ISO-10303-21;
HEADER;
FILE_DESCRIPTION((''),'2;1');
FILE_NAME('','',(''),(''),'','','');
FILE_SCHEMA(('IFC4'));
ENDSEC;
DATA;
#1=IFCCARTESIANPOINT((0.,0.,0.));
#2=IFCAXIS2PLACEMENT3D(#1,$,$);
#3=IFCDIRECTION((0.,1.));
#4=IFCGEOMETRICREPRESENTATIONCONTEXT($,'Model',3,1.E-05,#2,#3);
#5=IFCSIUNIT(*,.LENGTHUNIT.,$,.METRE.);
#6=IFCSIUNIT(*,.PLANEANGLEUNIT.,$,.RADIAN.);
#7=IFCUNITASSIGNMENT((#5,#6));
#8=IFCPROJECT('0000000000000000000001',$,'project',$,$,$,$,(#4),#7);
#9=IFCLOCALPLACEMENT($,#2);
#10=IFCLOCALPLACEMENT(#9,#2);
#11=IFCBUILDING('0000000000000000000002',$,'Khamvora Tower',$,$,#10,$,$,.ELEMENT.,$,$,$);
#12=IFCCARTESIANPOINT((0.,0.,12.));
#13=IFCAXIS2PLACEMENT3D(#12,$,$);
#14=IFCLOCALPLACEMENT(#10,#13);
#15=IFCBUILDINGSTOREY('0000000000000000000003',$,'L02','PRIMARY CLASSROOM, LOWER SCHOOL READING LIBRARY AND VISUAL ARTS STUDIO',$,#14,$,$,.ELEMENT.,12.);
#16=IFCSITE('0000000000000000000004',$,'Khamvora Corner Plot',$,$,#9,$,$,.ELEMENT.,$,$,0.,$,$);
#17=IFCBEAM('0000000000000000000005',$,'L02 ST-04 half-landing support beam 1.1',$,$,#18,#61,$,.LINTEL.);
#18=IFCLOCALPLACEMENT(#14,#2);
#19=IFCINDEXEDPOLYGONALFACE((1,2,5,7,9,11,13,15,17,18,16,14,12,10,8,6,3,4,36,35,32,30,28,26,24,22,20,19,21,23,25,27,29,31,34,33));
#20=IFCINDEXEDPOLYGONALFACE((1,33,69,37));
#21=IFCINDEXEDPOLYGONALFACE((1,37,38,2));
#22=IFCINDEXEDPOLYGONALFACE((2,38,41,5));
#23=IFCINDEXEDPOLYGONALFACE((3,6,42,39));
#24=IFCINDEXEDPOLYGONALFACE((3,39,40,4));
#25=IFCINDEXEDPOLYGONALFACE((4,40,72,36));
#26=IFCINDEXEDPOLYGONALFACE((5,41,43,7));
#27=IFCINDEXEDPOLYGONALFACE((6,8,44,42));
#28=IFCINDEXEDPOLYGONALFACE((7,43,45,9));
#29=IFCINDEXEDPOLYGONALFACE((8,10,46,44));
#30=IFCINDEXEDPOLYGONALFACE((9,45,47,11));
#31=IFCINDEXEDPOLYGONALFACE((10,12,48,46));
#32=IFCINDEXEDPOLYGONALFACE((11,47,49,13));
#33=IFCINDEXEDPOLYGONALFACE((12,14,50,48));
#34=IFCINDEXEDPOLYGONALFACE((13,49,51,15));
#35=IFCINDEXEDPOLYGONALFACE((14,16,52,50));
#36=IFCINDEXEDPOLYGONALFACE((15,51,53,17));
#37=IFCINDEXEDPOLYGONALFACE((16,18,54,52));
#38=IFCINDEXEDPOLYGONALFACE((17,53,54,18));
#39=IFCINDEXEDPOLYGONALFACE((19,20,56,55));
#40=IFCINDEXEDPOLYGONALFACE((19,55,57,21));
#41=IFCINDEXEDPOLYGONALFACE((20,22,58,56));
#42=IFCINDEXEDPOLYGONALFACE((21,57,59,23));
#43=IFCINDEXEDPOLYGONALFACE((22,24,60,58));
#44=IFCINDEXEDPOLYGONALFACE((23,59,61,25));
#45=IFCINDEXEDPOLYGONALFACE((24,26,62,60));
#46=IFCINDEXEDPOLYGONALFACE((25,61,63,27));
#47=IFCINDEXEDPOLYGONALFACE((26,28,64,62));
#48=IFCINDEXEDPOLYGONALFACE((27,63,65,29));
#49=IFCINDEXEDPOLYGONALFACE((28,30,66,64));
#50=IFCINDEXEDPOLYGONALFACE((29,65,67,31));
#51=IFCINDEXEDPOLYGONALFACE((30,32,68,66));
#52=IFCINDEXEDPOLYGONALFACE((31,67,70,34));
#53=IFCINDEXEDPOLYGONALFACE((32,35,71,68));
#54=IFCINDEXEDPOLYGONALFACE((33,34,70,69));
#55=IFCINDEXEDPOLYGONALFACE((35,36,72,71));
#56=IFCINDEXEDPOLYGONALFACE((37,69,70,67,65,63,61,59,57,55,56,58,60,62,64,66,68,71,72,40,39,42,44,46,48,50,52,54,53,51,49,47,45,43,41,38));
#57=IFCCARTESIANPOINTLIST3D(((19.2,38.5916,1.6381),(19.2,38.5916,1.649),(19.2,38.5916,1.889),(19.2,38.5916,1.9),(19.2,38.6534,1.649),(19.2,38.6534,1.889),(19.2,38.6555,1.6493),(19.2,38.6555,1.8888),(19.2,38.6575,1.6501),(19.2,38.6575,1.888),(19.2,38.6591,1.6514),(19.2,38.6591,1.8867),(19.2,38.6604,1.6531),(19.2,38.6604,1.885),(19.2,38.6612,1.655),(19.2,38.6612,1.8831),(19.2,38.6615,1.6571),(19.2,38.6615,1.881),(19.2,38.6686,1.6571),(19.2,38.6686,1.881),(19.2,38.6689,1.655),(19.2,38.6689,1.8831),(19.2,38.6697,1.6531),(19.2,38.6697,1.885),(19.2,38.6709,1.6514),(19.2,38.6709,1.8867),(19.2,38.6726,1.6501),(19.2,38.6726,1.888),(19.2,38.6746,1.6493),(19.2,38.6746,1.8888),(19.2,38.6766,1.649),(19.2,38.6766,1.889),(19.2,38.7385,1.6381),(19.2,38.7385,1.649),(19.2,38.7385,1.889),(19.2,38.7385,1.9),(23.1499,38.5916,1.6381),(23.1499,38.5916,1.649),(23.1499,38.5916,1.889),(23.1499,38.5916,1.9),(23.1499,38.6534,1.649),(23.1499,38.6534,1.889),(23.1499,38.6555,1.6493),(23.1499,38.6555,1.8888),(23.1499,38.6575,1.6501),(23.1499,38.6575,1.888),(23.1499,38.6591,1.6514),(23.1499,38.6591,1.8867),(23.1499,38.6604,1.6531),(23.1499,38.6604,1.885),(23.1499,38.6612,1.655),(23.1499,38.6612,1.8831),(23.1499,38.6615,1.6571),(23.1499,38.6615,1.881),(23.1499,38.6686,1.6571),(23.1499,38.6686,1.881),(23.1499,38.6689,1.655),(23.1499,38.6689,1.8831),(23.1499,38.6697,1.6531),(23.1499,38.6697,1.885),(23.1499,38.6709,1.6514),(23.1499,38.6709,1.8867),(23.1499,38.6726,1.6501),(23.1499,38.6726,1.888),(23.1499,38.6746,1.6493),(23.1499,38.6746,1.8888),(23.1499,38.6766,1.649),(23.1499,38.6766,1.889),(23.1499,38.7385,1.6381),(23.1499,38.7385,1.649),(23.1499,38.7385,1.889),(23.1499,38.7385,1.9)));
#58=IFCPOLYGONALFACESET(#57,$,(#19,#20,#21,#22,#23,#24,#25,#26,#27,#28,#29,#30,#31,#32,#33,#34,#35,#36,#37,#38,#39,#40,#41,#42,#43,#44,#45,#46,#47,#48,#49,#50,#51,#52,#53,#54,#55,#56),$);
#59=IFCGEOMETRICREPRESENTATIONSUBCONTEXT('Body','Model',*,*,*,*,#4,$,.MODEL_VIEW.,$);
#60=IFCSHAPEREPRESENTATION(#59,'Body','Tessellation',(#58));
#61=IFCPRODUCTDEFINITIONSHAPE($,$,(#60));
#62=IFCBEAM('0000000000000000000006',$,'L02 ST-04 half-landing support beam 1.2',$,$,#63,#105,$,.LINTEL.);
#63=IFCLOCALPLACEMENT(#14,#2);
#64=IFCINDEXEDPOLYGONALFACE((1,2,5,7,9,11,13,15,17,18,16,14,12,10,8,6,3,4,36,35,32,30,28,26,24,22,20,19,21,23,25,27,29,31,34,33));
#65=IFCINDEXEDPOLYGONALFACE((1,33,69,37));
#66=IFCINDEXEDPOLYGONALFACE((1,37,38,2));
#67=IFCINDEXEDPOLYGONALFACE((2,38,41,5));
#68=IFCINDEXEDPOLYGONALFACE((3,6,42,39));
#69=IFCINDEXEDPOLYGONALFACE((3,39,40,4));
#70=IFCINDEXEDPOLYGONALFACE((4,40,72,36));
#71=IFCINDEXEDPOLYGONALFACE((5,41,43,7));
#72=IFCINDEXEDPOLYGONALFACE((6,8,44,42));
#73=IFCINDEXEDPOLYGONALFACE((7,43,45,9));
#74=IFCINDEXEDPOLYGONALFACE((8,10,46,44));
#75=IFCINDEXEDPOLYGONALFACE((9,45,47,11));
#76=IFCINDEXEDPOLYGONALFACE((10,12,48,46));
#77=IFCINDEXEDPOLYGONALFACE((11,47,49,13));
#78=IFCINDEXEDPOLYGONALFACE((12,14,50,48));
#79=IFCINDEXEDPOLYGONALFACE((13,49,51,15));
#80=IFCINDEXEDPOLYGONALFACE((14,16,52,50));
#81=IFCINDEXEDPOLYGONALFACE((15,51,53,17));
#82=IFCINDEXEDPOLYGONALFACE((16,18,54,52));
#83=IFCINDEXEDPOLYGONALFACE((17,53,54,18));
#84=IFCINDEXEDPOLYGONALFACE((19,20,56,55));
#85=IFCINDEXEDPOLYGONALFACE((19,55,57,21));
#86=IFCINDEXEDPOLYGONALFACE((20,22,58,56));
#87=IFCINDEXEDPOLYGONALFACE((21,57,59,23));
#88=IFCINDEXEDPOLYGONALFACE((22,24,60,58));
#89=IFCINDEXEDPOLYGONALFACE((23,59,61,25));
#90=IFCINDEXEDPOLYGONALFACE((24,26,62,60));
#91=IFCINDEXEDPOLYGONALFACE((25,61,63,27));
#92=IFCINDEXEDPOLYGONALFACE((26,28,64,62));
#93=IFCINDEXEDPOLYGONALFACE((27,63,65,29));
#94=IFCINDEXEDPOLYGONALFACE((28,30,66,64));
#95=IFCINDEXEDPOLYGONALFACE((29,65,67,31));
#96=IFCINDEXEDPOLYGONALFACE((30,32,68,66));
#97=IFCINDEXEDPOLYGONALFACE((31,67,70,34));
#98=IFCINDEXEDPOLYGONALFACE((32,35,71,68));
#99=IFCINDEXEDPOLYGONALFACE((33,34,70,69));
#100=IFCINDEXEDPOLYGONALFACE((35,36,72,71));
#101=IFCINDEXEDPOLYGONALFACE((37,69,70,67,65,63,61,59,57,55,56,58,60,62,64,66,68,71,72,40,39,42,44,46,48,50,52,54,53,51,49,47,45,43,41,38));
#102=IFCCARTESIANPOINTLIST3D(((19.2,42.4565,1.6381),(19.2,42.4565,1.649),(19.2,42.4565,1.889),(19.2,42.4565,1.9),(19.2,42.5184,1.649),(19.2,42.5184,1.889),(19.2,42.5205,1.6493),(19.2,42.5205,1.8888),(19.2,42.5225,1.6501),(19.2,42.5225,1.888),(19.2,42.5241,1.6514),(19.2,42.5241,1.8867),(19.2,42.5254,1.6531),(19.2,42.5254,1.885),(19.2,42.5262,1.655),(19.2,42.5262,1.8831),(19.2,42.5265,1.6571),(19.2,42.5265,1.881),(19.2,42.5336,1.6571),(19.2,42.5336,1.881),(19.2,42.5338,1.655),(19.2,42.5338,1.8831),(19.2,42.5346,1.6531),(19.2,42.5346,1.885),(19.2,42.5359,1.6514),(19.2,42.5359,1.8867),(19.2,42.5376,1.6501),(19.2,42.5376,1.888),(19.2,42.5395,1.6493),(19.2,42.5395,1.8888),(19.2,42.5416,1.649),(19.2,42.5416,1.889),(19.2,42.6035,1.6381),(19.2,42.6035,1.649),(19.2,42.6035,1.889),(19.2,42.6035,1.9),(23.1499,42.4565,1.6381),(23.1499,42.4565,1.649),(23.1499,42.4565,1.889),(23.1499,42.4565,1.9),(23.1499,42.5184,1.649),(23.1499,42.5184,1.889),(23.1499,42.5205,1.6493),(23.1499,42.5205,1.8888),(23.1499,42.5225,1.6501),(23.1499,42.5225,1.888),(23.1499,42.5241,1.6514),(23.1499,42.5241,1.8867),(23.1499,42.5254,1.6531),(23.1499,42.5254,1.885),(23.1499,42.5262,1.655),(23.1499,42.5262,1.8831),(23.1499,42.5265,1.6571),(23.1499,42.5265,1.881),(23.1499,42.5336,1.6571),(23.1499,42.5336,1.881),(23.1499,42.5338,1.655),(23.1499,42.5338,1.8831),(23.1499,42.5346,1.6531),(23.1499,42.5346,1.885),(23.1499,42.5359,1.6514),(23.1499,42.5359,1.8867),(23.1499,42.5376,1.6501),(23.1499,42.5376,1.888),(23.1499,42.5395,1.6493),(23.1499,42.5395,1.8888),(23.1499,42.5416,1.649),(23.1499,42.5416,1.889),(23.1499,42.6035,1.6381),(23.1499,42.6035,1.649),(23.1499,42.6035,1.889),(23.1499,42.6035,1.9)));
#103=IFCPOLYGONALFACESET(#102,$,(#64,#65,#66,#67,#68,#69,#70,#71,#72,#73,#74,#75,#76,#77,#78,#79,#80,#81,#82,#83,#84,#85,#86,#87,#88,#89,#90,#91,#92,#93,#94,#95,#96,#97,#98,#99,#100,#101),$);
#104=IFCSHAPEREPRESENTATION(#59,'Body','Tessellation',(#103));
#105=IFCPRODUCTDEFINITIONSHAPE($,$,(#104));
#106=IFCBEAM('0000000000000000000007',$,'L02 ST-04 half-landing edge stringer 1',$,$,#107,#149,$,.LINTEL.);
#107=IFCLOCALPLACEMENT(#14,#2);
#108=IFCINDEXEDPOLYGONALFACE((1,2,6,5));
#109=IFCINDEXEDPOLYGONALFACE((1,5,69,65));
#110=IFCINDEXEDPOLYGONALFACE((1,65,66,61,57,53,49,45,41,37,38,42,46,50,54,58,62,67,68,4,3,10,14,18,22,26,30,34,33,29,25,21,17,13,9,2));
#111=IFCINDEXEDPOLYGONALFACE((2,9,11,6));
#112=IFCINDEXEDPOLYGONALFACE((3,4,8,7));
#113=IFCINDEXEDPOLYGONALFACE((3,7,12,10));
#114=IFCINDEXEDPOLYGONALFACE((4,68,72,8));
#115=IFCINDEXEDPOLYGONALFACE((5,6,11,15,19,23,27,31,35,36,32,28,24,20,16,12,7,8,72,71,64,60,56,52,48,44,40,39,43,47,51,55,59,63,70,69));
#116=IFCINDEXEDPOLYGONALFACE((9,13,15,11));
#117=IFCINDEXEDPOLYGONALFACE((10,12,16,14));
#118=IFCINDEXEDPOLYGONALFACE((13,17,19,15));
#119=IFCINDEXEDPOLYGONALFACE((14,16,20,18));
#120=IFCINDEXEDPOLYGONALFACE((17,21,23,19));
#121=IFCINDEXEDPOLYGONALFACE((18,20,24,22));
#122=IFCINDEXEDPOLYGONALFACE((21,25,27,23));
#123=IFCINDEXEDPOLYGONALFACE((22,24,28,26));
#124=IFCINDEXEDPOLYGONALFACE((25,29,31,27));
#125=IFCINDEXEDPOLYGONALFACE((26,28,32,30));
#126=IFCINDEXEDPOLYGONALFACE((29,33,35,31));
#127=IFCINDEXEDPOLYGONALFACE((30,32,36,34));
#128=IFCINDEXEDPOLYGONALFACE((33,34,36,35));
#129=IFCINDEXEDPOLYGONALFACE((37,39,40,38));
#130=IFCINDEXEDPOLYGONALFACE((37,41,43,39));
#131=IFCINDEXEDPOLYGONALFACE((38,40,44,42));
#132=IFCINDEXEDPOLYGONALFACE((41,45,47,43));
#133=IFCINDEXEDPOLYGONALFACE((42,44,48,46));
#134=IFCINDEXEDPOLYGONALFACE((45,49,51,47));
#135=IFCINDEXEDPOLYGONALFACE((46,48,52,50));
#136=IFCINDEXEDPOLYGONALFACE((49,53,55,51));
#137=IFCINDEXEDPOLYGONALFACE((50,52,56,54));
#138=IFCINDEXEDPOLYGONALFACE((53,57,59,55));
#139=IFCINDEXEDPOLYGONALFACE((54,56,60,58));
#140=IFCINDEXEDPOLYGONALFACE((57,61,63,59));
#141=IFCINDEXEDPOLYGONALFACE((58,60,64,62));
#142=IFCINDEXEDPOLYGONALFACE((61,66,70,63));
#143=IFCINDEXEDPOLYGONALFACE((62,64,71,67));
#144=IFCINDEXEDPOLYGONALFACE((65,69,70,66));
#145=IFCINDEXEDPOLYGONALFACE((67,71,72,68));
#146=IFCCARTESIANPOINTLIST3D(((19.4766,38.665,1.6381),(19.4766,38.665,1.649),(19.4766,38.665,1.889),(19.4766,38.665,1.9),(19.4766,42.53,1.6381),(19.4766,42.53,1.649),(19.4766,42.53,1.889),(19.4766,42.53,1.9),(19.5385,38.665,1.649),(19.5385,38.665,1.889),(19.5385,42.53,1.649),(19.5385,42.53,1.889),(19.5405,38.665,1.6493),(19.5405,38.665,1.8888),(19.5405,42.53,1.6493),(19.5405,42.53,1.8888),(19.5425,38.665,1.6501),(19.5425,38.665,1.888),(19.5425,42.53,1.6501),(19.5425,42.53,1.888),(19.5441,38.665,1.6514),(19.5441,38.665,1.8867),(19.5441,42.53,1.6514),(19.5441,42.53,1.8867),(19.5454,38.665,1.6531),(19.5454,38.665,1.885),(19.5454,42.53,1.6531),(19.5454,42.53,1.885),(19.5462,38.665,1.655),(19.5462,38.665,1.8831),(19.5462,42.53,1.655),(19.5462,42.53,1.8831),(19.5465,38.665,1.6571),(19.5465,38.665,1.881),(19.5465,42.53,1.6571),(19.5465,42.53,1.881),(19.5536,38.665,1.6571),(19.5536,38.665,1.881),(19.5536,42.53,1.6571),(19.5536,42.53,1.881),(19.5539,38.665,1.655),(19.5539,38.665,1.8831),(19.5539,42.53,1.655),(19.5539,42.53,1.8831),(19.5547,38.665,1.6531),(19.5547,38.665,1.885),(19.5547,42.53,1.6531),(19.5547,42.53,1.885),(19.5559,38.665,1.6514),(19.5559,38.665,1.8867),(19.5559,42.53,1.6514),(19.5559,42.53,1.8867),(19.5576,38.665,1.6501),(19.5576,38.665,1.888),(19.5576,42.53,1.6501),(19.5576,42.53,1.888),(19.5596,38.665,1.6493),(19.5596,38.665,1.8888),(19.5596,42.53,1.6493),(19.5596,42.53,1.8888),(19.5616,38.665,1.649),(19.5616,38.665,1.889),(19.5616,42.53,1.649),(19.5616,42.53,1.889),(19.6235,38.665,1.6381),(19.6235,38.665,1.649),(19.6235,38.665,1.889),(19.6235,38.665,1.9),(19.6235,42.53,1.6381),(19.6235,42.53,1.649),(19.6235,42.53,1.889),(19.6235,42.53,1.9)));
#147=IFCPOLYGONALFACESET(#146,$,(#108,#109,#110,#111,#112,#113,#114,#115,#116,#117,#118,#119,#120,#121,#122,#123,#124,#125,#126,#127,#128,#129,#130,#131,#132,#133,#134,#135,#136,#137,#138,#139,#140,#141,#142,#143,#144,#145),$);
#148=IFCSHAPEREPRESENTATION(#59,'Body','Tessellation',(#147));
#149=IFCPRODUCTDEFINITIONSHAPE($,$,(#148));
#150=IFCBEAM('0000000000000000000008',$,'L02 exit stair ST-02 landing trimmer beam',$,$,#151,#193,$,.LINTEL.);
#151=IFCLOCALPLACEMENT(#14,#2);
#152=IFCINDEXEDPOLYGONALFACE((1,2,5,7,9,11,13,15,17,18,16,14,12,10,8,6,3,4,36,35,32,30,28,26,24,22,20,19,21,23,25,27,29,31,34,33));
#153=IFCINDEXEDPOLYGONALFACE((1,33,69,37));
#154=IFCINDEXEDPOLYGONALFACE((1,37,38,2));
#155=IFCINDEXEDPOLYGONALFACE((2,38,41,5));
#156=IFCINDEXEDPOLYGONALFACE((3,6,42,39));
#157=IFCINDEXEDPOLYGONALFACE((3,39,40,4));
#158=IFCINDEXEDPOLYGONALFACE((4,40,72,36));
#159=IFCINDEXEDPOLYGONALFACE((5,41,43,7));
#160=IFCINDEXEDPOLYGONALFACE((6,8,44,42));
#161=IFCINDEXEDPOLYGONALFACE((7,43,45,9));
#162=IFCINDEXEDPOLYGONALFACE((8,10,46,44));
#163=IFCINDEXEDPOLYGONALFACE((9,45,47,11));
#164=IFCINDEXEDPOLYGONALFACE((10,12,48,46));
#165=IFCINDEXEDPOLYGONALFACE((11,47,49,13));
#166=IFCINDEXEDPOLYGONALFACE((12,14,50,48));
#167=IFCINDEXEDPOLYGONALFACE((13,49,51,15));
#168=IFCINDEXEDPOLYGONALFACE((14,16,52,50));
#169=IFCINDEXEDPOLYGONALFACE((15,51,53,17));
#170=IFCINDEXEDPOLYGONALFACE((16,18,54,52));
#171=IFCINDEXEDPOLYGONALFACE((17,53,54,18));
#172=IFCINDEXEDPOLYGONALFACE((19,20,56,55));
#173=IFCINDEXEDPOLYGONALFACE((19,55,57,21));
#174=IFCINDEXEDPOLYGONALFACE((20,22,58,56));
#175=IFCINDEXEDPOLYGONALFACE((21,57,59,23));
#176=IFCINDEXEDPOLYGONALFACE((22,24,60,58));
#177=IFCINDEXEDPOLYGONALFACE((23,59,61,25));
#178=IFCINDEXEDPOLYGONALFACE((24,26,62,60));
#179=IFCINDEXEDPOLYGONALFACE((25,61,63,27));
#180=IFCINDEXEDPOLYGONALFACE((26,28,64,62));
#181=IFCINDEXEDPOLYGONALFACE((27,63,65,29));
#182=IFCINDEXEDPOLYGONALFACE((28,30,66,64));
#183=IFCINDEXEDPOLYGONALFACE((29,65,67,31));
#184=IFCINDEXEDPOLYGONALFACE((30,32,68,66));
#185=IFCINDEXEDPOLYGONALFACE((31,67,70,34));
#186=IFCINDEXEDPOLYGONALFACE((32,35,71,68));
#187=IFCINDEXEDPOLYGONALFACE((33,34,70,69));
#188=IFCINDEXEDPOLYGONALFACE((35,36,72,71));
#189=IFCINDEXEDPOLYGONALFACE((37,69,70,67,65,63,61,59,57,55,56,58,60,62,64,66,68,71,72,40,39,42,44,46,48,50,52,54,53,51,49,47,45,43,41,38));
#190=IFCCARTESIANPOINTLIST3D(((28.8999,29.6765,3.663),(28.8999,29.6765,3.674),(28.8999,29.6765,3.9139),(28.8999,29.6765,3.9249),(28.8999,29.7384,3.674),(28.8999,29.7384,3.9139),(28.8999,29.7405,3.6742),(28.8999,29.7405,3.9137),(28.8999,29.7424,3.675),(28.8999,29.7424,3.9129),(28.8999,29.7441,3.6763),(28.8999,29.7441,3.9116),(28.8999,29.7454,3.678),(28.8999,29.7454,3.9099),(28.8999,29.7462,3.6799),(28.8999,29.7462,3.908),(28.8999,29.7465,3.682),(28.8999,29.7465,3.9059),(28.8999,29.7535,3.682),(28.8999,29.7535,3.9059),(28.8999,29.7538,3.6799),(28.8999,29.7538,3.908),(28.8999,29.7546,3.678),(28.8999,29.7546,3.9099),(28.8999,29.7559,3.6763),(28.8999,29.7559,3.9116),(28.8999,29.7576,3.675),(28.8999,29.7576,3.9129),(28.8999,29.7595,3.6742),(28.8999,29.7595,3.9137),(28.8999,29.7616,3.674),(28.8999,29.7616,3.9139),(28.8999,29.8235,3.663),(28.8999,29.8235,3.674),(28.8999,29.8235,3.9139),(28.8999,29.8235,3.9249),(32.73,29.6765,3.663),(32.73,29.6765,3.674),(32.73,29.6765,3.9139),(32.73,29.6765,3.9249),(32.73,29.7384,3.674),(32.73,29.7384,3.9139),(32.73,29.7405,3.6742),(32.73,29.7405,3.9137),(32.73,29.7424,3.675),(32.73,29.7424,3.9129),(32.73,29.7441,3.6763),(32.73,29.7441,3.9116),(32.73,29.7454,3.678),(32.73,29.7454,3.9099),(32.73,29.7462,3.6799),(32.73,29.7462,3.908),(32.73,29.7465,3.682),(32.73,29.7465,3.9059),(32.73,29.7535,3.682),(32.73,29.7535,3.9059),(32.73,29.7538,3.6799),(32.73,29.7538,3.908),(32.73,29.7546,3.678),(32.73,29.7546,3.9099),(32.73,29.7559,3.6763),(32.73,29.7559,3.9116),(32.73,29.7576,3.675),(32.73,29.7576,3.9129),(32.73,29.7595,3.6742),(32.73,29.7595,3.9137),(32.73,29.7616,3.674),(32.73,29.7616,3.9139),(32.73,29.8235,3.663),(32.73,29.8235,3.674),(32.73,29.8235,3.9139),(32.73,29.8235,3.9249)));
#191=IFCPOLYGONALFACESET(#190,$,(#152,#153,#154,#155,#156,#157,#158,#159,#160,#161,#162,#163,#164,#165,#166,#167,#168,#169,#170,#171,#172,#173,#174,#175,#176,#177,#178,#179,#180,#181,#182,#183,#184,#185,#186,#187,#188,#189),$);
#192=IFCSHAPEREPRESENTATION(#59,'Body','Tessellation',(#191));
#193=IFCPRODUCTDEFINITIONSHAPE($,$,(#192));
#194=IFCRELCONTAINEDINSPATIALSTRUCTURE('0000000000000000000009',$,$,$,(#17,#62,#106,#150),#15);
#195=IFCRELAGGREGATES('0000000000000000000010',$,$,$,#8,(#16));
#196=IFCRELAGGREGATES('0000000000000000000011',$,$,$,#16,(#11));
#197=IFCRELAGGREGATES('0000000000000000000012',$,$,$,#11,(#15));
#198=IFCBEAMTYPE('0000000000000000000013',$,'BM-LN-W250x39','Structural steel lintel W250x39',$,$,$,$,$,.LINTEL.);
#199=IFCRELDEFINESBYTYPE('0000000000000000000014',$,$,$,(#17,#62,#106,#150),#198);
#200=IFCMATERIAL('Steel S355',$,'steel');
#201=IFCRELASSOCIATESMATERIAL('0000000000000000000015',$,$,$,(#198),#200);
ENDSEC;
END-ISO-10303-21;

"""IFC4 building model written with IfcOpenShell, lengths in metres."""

from ifc_helpers import new_model, si_unit, direction, frame, origin, origin_2d, place, context, subcontext, project, spatial, i_section, extrude, material, material_profile, profile_set, type_object, element, save


model = new_model("IFC4")

# Units and contexts
model_context = context("Model", 3, precision=1e-05, world=origin(), true_north=direction((0.0, 1.0)))
body_context = subcontext(model_context, "Body", "Model", "MODEL_VIEW")
ifc_project = project(units=[si_unit("LENGTHUNIT", "METRE"), si_unit("PLANEANGLEUNIT", "RADIAN")], contexts=[model_context])

# Site, building, storey
site_placement = place(None, origin())
site = spatial("IfcSite", under=ifc_project, at=site_placement, Name="Khamvora Corner Plot", CompositionType="ELEMENT", RefElevation=0.0)
building_placement = place(site_placement, origin())
building = spatial("IfcBuilding", under=site, at=building_placement, Name="Khamvora Tower", CompositionType="ELEMENT")
storey_placement = place(building_placement, frame((0.0, 0.0, 12.0)))
storey = spatial("IfcBuildingStorey", under=building, at=storey_placement, Name="L02", Description="PRIMARY CLASSROOM, LOWER SCHOOL READING LIBRARY AND VISUAL ARTS STUDIO", CompositionType="ELEMENT", Elevation=12.0)

# Beams
ifc_material_1 = material(Name="Steel S355", Category="steel")
ifc_material_profile_1 = material_profile(ifc_material_1, i_section(OverallWidth=0.147, OverallDepth=0.262, WebThickness=0.0071, FlangeThickness=0.011, FilletRadius=0.0081, at=origin_2d()), Name="W250x39")
ifc_profile_set_1 = profile_set([ifc_material_profile_1], Name="Steel S355")
beam_type_1 = type_object("IfcBeamType", Name="BM-LN-W250x39", Description="Structural steel lintel W250x39", PredefinedType="LINTEL", material=ifc_profile_set_1)
for number, where, z_axis, x_axis, name in (
    (1, (19.2, 38.665, 1.769), (1.0, 0.0, 0.0), (0.0, 1.0, 0.0), "L02 ST-04 half-landing support beam 1.1"),
    (2, (19.2, 42.53, 1.769), (1.0, 0.0, 0.0), (0.0, 1.0, 0.0), "L02 ST-04 half-landing support beam 1.2"),
):
    element("IfcBeam", number, at=place(storey_placement, frame(where, z_axis=z_axis, x_axis=x_axis)), inside=storey, type_object=beam_type_1, Name=name, PredefinedType="LINTEL", context=body_context, shape_type="SweptSolid", body=[
        extrude(i_section(OverallWidth=0.147, OverallDepth=0.262, WebThickness=0.0071, FlangeThickness=0.011, FilletRadius=0.0081, at=origin_2d()), origin(), (0.0, 0.0, 1.0), 3.95),
    ])
beam_1_placement = place(storey_placement, frame((19.55, 38.665, 1.769), z_axis=(0.0, 1.0, 0.0), x_axis=(-1.0, 0.0, 0.0)))
element("IfcBeam", 3, at=beam_1_placement, inside=storey, type_object=beam_type_1, Name="L02 ST-04 half-landing edge stringer 1", PredefinedType="LINTEL", context=body_context, shape_type="SweptSolid", body=[
    extrude(i_section(OverallWidth=0.147, OverallDepth=0.262, WebThickness=0.0071, FlangeThickness=0.011, FilletRadius=0.0081, at=origin_2d()), origin(), (0.0, 0.0, 1.0), 3.865),
])
beam_2_placement = place(storey_placement, frame((28.8999, 29.75, 3.7939), z_axis=(1.0, 0.0, 0.0), x_axis=(0.0, 1.0, 0.0)))
element("IfcBeam", 4, at=beam_2_placement, inside=storey, type_object=beam_type_1, Name="L02 exit stair ST-02 landing trimmer beam", PredefinedType="LINTEL", context=body_context, shape_type="SweptSolid", body=[
    extrude(i_section(OverallWidth=0.147, OverallDepth=0.262, WebThickness=0.0071, FlangeThickness=0.011, FilletRadius=0.0081, at=origin_2d()), origin(), (0.0, 0.0, 1.0), 3.8301),
])

save(model, "model.ifc")
